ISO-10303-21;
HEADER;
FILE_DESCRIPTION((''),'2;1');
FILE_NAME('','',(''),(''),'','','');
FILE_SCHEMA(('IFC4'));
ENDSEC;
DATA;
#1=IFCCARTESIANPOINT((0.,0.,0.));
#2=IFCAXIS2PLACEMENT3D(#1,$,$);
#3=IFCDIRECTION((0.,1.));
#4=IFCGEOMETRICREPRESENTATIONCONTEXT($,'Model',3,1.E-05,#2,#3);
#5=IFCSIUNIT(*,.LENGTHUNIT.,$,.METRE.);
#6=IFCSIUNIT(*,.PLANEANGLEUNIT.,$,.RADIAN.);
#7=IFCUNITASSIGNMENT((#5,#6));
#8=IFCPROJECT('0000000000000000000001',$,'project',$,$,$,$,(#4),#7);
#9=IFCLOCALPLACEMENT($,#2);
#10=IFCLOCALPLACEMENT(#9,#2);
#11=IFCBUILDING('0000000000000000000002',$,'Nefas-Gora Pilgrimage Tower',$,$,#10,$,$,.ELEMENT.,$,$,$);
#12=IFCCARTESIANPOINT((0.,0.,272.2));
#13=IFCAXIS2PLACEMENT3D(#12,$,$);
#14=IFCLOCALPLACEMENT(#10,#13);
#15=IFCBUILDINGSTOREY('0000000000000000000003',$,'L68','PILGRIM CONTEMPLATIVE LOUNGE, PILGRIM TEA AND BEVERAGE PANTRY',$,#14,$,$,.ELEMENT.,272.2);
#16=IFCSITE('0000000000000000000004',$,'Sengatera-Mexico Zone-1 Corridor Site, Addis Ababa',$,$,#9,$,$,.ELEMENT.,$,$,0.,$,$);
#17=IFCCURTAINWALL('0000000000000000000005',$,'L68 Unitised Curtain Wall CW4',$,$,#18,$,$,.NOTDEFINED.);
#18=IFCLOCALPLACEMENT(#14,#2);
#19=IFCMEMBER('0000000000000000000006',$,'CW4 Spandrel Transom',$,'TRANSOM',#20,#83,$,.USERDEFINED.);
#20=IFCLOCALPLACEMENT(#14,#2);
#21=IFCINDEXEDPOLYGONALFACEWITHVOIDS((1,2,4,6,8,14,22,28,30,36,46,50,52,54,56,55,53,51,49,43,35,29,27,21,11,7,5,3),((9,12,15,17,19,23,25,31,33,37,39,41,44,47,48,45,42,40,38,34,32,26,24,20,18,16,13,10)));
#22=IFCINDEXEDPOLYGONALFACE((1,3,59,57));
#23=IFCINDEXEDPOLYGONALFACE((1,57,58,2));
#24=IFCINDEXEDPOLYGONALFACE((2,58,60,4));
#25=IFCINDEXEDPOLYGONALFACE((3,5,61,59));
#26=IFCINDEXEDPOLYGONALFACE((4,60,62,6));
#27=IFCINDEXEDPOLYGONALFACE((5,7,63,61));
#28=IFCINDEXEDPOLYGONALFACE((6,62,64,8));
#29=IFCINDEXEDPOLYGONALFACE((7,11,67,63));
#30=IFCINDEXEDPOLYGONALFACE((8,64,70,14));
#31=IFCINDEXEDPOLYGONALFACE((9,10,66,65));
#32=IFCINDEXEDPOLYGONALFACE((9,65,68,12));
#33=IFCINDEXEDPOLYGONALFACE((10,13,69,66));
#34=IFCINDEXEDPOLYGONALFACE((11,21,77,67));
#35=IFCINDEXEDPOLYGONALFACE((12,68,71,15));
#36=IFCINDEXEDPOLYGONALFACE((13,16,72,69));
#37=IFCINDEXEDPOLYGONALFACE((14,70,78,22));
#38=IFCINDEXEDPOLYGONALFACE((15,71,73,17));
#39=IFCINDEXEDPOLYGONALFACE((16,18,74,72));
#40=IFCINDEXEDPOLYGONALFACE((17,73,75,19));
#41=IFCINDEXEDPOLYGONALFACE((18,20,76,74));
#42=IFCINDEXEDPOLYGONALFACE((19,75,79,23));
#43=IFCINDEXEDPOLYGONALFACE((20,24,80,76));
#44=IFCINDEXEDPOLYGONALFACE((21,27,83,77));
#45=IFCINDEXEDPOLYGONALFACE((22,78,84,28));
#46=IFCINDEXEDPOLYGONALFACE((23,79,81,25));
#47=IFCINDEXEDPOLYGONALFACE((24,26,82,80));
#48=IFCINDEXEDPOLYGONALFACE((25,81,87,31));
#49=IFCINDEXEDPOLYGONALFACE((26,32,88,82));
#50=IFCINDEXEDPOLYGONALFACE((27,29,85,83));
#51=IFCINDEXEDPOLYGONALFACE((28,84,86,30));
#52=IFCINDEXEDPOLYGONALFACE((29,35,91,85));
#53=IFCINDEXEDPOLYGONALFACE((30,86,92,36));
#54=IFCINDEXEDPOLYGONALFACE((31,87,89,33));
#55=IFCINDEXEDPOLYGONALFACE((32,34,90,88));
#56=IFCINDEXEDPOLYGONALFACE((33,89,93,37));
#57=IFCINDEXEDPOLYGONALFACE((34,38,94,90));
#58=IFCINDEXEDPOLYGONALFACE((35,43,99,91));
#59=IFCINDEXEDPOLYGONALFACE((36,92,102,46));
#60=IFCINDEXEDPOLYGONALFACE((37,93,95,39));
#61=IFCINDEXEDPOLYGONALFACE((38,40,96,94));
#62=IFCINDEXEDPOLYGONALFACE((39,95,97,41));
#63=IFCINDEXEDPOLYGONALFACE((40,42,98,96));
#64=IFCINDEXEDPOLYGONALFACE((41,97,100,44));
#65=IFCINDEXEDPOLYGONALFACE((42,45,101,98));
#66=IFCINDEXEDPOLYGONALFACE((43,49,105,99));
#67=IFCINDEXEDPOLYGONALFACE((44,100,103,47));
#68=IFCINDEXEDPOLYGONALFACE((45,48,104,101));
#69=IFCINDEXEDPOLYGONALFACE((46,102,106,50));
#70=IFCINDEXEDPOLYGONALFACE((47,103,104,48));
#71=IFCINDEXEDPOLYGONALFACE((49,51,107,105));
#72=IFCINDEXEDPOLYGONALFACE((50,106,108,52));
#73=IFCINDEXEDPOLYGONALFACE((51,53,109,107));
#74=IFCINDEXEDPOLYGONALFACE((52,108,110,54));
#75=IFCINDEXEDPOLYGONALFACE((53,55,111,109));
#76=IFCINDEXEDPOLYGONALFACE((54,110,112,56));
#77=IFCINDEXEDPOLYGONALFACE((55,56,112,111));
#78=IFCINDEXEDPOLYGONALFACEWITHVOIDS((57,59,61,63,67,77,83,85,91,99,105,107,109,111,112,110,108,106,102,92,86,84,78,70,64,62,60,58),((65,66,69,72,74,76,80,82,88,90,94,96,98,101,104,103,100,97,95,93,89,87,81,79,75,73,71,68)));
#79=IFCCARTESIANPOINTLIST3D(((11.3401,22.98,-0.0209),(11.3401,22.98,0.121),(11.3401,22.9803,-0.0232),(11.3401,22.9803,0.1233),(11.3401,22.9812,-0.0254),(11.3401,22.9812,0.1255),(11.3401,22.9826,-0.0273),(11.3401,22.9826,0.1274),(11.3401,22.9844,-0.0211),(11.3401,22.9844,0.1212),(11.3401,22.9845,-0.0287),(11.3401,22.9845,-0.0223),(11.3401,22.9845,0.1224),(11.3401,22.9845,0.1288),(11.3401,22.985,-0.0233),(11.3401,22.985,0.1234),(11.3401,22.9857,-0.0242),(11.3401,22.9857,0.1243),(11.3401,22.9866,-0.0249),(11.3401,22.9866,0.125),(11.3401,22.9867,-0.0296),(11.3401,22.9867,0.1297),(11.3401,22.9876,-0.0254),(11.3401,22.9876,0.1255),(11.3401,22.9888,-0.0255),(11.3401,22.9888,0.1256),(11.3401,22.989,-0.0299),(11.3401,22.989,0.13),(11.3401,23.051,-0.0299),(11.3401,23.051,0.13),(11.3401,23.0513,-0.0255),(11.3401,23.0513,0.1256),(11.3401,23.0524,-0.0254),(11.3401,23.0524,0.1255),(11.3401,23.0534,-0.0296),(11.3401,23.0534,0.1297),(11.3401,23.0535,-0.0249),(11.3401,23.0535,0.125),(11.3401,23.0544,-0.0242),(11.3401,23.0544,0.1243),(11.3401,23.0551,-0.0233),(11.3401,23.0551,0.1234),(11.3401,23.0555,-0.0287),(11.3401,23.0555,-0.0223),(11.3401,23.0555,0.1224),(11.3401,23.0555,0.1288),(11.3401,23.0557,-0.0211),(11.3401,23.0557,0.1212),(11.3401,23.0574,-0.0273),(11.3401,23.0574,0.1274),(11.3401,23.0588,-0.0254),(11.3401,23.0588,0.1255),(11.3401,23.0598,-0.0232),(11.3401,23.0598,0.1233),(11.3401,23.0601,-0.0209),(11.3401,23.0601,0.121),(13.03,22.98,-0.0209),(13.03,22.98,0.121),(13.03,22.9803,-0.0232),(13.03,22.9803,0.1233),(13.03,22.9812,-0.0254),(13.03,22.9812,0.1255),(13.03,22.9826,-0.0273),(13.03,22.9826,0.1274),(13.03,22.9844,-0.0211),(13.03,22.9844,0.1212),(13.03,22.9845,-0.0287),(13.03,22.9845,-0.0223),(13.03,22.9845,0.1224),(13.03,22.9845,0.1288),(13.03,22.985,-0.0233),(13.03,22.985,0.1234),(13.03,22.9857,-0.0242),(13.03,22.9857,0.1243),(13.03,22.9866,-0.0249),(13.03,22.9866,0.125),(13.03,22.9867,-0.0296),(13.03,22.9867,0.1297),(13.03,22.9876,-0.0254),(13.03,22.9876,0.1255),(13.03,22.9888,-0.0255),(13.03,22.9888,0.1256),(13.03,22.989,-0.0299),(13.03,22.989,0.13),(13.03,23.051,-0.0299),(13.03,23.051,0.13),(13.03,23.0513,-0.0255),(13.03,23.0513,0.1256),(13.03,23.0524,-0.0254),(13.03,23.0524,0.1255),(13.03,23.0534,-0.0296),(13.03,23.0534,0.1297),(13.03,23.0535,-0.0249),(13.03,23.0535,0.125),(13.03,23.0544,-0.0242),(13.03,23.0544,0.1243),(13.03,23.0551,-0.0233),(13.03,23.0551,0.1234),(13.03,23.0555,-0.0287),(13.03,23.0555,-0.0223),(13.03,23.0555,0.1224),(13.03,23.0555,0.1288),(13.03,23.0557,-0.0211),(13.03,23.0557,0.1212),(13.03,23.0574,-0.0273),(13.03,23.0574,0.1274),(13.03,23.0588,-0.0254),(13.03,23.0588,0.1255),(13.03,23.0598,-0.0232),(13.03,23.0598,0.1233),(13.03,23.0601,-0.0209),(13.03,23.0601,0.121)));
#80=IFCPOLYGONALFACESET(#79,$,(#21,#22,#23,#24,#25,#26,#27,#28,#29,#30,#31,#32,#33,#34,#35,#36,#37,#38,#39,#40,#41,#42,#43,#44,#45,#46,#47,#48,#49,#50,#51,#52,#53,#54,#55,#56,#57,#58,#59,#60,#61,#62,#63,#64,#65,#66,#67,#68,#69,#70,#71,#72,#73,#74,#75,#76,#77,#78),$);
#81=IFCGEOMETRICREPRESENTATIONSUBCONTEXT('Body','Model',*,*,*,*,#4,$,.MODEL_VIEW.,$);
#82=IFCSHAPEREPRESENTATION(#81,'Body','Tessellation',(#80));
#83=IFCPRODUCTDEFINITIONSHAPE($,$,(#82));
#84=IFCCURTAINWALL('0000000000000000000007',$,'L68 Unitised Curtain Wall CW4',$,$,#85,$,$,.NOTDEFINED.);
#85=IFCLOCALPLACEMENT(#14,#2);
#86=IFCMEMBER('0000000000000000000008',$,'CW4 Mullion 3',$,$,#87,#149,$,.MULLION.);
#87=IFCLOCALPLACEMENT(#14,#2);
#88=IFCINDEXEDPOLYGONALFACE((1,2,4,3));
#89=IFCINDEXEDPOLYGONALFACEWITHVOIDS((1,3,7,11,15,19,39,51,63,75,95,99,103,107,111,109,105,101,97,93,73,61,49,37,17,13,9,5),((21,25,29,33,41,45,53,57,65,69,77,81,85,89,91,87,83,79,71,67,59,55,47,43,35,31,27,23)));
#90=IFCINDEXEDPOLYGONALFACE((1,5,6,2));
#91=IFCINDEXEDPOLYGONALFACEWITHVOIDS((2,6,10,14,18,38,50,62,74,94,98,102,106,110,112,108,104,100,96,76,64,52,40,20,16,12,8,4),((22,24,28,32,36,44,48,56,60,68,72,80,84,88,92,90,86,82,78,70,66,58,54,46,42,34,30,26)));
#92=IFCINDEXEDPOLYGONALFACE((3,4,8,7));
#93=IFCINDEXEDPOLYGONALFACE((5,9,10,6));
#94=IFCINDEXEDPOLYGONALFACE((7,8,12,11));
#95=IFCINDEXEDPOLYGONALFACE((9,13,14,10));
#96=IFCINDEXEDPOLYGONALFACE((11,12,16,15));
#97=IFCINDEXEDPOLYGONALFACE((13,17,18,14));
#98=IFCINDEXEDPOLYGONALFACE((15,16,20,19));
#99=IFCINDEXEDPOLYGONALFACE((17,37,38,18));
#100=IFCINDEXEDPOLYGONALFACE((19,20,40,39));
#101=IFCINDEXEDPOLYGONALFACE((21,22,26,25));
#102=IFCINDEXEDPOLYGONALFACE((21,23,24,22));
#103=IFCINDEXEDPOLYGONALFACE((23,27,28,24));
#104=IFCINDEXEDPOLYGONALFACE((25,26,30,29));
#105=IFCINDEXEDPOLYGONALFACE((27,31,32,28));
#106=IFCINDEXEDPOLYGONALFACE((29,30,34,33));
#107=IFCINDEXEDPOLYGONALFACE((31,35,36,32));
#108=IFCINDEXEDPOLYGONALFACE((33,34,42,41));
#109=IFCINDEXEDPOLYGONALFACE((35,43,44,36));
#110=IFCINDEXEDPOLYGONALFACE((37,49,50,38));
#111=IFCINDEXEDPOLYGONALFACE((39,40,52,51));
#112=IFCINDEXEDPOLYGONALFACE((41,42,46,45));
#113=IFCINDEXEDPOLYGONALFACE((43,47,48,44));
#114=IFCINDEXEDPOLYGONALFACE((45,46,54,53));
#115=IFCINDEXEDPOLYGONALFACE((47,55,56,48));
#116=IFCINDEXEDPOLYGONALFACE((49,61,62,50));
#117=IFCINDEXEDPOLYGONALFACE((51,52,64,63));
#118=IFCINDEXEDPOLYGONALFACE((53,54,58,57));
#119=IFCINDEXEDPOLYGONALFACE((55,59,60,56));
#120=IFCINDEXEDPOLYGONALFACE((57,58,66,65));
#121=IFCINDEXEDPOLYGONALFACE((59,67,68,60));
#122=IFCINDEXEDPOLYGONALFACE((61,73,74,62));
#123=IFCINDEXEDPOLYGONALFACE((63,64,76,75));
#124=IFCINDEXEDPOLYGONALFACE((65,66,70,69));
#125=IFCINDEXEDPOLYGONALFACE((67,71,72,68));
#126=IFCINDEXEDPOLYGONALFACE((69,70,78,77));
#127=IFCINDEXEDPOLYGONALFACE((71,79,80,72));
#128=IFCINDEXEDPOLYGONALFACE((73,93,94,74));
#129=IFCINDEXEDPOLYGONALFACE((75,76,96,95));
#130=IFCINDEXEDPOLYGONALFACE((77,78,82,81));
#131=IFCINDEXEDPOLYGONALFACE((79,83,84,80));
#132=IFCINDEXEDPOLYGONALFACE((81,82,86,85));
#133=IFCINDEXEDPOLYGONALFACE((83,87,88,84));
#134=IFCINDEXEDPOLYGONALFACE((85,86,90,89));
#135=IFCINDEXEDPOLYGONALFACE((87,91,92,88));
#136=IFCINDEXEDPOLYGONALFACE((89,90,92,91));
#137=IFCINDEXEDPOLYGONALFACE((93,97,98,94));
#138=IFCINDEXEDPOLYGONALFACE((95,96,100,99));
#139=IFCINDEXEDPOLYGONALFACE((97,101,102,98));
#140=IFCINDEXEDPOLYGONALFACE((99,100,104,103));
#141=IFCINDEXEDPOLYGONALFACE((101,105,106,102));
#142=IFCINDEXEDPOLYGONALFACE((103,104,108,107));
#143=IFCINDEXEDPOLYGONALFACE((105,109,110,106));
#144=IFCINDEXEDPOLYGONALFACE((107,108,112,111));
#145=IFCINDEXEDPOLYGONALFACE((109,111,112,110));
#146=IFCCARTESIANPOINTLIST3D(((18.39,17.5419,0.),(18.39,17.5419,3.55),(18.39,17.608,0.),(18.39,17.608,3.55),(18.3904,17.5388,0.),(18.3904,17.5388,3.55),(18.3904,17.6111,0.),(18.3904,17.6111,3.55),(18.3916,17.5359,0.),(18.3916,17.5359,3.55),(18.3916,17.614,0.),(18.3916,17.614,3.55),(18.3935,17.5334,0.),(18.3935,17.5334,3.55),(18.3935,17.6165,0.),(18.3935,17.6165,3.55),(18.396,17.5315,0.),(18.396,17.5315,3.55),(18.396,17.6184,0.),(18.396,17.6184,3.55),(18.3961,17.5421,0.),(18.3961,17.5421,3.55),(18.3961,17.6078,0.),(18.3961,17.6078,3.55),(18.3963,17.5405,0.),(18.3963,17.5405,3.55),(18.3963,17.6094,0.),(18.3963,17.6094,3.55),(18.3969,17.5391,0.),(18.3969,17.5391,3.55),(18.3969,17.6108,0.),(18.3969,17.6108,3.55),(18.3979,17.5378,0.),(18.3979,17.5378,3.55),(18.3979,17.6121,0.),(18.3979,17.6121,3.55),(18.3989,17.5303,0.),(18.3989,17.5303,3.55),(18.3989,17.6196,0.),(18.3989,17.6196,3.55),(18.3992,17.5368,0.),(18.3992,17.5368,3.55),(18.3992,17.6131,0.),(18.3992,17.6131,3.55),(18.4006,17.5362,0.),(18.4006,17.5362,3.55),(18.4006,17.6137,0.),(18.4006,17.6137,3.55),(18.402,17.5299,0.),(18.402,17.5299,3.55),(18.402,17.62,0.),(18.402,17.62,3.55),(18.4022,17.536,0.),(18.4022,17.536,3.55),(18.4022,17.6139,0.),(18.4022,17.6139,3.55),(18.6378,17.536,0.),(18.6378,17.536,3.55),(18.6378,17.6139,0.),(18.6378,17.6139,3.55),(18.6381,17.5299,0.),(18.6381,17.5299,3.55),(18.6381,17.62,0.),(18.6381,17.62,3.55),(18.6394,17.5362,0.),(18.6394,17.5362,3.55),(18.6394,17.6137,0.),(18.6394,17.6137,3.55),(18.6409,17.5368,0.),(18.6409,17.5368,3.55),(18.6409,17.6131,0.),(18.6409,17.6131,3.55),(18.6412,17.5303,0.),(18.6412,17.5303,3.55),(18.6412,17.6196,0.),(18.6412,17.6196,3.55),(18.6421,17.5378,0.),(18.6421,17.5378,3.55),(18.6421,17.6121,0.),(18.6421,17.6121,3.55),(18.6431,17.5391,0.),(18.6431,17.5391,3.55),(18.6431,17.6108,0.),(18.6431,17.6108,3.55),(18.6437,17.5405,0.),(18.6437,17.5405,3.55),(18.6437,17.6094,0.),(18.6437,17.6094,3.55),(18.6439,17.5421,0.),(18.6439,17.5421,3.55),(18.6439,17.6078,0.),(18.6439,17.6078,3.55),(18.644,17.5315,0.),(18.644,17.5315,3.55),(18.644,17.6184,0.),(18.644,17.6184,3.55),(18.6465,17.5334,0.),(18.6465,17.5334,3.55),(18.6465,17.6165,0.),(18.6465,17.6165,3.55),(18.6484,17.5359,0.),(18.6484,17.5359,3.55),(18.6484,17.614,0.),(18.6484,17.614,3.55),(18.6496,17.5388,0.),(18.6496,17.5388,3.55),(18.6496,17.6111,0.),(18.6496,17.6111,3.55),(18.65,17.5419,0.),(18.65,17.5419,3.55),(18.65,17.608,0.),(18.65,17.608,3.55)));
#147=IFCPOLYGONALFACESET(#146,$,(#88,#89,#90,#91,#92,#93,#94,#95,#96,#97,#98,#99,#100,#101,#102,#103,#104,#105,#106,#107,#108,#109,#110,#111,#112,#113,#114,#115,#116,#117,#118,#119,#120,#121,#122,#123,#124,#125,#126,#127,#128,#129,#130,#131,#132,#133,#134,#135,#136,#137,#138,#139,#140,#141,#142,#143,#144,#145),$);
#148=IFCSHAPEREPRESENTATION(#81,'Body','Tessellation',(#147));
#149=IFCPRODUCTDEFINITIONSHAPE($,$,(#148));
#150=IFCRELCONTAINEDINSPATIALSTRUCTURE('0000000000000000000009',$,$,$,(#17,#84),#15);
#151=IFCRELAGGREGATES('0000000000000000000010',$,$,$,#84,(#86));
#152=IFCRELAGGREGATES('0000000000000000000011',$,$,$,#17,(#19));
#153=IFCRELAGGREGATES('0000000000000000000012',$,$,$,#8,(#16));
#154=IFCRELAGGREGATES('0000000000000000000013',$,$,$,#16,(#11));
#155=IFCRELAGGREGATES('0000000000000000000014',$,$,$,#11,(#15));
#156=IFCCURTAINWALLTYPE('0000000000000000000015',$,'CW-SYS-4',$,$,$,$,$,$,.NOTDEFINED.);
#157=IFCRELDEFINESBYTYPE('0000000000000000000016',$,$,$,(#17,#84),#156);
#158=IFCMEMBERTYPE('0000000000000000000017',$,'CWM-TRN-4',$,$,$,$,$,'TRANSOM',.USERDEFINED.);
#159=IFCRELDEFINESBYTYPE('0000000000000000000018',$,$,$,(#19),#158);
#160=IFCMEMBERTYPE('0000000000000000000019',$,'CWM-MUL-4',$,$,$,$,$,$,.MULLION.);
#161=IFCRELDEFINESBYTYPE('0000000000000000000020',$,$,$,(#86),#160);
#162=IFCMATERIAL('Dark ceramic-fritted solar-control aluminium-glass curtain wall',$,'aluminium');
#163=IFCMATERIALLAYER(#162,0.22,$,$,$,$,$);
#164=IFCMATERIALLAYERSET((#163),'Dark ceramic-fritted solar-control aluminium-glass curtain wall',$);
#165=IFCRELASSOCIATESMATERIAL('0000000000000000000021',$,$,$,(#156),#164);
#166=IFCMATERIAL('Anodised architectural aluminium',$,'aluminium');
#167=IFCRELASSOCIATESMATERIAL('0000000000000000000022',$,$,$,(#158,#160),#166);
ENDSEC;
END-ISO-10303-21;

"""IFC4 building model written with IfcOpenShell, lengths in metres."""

from ifc_helpers import new_model, si_unit, direction, frame, origin, origin_2d, place, context, subcontext, project, spatial, hollow_rectangle, extrude, source, transform, mapped, material, layer, layer_set, material_profile, profile_set, type_object, element, aggregate, save


model = new_model("IFC4")

# Units and contexts
model_context = context("Model", 3, precision=1e-05, world=origin(), true_north=direction((0.0, 1.0)))
body_context = subcontext(model_context, "Body", "Model", "MODEL_VIEW")
ifc_project = project(units=[si_unit("LENGTHUNIT", "METRE"), si_unit("PLANEANGLEUNIT", "RADIAN")], contexts=[model_context])

# Site, building, storey
site_placement = place(None, origin())
site = spatial("IfcSite", under=ifc_project, at=site_placement, Name="Sengatera-Mexico Zone-1 Corridor Site, Addis Ababa", CompositionType="ELEMENT", RefElevation=0.0)
building_placement = place(site_placement, origin())
building = spatial("IfcBuilding", under=site, at=building_placement, Name="Nefas-Gora Pilgrimage Tower", CompositionType="ELEMENT")
storey_placement = place(building_placement, frame((0.0, 0.0, 272.2)))
storey = spatial("IfcBuildingStorey", under=building, at=storey_placement, Name="L68", Description="PILGRIM CONTEMPLATIVE LOUNGE, PILGRIM TEA AND BEVERAGE PANTRY", CompositionType="ELEMENT", Elevation=272.2)

# Shared definitions
ifc_material_1 = material(Name="Dark ceramic-fritted solar-control aluminium-glass curtain wall", Category="aluminium")
ifc_material_2 = material(Name="Anodised architectural aluminium", Category="aluminium")

# Curtain walls, members
ifc_layer_1 = layer(ifc_material_1, 0.22)
ifc_layer_set_1 = layer_set([ifc_layer_1], Name="Dark ceramic-fritted solar-control aluminium-glass curtain wall")
curtain_wall_type_1 = type_object("IfcCurtainWallType", Name="CW-SYS-4", PredefinedType="NOTDEFINED", material=ifc_layer_set_1)
curtain_wall_1_placement = place(storey_placement, origin())
curtain_wall_1 = element("IfcCurtainWall", 1, at=curtain_wall_1_placement, inside=storey, type_object=curtain_wall_type_1, Name="L68 Unitised Curtain Wall CW4", PredefinedType="NOTDEFINED")
ifc_material_profile_1 = material_profile(ifc_material_2, hollow_rectangle(XDim=0.0801, YDim=0.1599, WallThickness=0.0044, InnerFilletRadius=0.0044, OuterFilletRadius=0.009, at=origin_2d()), Name="ALU TRANSOM 80x160")
ifc_profile_set_1 = profile_set([ifc_material_profile_1], Name="Anodised architectural aluminium")
member_type_1 = type_object("IfcMemberType", Name="CWM-TRN-4", ElementType="TRANSOM", PredefinedType="USERDEFINED", material=ifc_profile_set_1)
shared_shape_1 = source(origin(), body_context, "Body", "SweptSolid", [
    extrude(hollow_rectangle(XDim=0.0801, YDim=0.1599, WallThickness=0.0044, InnerFilletRadius=0.0044, OuterFilletRadius=0.009, at=origin_2d()), origin(), (0.0, 0.0, 1.0), 1.6899),
])
member_1_placement = place(storey_placement, frame((13.03, 23.02, 0.05), z_axis=(-1.0, 0.0, 0.0), x_axis=(0.0, -1.0, 0.0)))
member_1 = element("IfcMember", 2, at=member_1_placement, type_object=member_type_1, Name="CW4 Spandrel Transom", ObjectType="TRANSOM", PredefinedType="USERDEFINED", context=body_context, shape_type="MappedRepresentation", body=[
    mapped(shared_shape_1, transform((0.0, 0.0, 0.0), x_axis=(1.0, 0.0, 0.0), y_axis=(0.0, 1.0, 0.0), z_axis=(0.0, 0.0, 1.0), scale=1.0)),
])
curtain_wall_2_placement = place(storey_placement, origin())
curtain_wall_2 = element("IfcCurtainWall", 3, at=curtain_wall_2_placement, inside=storey, type_object=curtain_wall_type_1, Name="L68 Unitised Curtain Wall CW4", PredefinedType="NOTDEFINED")
ifc_material_profile_2 = material_profile(ifc_material_2, hollow_rectangle(XDim=0.0901, YDim=0.26, WallThickness=0.0061, InnerFilletRadius=0.0061, OuterFilletRadius=0.012, at=origin_2d()), Name="ALU MULLION 90x260")
ifc_profile_set_2 = profile_set([ifc_material_profile_2], Name="Anodised architectural aluminium")
member_type_2 = type_object("IfcMemberType", Name="CWM-MUL-4", PredefinedType="MULLION", material=ifc_profile_set_2)
shared_shape_2 = source(origin(), body_context, "Body", "SweptSolid", [
    extrude(hollow_rectangle(XDim=0.0901, YDim=0.26, WallThickness=0.0061, InnerFilletRadius=0.0061, OuterFilletRadius=0.012, at=origin_2d()), origin(), (0.0, 0.0, 1.0), 3.55),
])
member_2_placement = place(storey_placement, frame((18.52, 17.575, 0.0), z_axis=(0.0, 0.0, 1.0), x_axis=(0.0, 1.0, 0.0)))
member_2 = element("IfcMember", 4, at=member_2_placement, type_object=member_type_2, Name="CW4 Mullion 3", PredefinedType="MULLION", context=body_context, shape_type="MappedRepresentation", body=[
    mapped(shared_shape_2, transform((0.0, 0.0, 0.0), x_axis=(1.0, 0.0, 0.0), y_axis=(0.0, 1.0, 0.0), z_axis=(0.0, 0.0, 1.0), scale=1.0)),
])
aggregate(curtain_wall_2, [member_2])

aggregate(curtain_wall_1, [member_1])

save(model, "model.ifc")
